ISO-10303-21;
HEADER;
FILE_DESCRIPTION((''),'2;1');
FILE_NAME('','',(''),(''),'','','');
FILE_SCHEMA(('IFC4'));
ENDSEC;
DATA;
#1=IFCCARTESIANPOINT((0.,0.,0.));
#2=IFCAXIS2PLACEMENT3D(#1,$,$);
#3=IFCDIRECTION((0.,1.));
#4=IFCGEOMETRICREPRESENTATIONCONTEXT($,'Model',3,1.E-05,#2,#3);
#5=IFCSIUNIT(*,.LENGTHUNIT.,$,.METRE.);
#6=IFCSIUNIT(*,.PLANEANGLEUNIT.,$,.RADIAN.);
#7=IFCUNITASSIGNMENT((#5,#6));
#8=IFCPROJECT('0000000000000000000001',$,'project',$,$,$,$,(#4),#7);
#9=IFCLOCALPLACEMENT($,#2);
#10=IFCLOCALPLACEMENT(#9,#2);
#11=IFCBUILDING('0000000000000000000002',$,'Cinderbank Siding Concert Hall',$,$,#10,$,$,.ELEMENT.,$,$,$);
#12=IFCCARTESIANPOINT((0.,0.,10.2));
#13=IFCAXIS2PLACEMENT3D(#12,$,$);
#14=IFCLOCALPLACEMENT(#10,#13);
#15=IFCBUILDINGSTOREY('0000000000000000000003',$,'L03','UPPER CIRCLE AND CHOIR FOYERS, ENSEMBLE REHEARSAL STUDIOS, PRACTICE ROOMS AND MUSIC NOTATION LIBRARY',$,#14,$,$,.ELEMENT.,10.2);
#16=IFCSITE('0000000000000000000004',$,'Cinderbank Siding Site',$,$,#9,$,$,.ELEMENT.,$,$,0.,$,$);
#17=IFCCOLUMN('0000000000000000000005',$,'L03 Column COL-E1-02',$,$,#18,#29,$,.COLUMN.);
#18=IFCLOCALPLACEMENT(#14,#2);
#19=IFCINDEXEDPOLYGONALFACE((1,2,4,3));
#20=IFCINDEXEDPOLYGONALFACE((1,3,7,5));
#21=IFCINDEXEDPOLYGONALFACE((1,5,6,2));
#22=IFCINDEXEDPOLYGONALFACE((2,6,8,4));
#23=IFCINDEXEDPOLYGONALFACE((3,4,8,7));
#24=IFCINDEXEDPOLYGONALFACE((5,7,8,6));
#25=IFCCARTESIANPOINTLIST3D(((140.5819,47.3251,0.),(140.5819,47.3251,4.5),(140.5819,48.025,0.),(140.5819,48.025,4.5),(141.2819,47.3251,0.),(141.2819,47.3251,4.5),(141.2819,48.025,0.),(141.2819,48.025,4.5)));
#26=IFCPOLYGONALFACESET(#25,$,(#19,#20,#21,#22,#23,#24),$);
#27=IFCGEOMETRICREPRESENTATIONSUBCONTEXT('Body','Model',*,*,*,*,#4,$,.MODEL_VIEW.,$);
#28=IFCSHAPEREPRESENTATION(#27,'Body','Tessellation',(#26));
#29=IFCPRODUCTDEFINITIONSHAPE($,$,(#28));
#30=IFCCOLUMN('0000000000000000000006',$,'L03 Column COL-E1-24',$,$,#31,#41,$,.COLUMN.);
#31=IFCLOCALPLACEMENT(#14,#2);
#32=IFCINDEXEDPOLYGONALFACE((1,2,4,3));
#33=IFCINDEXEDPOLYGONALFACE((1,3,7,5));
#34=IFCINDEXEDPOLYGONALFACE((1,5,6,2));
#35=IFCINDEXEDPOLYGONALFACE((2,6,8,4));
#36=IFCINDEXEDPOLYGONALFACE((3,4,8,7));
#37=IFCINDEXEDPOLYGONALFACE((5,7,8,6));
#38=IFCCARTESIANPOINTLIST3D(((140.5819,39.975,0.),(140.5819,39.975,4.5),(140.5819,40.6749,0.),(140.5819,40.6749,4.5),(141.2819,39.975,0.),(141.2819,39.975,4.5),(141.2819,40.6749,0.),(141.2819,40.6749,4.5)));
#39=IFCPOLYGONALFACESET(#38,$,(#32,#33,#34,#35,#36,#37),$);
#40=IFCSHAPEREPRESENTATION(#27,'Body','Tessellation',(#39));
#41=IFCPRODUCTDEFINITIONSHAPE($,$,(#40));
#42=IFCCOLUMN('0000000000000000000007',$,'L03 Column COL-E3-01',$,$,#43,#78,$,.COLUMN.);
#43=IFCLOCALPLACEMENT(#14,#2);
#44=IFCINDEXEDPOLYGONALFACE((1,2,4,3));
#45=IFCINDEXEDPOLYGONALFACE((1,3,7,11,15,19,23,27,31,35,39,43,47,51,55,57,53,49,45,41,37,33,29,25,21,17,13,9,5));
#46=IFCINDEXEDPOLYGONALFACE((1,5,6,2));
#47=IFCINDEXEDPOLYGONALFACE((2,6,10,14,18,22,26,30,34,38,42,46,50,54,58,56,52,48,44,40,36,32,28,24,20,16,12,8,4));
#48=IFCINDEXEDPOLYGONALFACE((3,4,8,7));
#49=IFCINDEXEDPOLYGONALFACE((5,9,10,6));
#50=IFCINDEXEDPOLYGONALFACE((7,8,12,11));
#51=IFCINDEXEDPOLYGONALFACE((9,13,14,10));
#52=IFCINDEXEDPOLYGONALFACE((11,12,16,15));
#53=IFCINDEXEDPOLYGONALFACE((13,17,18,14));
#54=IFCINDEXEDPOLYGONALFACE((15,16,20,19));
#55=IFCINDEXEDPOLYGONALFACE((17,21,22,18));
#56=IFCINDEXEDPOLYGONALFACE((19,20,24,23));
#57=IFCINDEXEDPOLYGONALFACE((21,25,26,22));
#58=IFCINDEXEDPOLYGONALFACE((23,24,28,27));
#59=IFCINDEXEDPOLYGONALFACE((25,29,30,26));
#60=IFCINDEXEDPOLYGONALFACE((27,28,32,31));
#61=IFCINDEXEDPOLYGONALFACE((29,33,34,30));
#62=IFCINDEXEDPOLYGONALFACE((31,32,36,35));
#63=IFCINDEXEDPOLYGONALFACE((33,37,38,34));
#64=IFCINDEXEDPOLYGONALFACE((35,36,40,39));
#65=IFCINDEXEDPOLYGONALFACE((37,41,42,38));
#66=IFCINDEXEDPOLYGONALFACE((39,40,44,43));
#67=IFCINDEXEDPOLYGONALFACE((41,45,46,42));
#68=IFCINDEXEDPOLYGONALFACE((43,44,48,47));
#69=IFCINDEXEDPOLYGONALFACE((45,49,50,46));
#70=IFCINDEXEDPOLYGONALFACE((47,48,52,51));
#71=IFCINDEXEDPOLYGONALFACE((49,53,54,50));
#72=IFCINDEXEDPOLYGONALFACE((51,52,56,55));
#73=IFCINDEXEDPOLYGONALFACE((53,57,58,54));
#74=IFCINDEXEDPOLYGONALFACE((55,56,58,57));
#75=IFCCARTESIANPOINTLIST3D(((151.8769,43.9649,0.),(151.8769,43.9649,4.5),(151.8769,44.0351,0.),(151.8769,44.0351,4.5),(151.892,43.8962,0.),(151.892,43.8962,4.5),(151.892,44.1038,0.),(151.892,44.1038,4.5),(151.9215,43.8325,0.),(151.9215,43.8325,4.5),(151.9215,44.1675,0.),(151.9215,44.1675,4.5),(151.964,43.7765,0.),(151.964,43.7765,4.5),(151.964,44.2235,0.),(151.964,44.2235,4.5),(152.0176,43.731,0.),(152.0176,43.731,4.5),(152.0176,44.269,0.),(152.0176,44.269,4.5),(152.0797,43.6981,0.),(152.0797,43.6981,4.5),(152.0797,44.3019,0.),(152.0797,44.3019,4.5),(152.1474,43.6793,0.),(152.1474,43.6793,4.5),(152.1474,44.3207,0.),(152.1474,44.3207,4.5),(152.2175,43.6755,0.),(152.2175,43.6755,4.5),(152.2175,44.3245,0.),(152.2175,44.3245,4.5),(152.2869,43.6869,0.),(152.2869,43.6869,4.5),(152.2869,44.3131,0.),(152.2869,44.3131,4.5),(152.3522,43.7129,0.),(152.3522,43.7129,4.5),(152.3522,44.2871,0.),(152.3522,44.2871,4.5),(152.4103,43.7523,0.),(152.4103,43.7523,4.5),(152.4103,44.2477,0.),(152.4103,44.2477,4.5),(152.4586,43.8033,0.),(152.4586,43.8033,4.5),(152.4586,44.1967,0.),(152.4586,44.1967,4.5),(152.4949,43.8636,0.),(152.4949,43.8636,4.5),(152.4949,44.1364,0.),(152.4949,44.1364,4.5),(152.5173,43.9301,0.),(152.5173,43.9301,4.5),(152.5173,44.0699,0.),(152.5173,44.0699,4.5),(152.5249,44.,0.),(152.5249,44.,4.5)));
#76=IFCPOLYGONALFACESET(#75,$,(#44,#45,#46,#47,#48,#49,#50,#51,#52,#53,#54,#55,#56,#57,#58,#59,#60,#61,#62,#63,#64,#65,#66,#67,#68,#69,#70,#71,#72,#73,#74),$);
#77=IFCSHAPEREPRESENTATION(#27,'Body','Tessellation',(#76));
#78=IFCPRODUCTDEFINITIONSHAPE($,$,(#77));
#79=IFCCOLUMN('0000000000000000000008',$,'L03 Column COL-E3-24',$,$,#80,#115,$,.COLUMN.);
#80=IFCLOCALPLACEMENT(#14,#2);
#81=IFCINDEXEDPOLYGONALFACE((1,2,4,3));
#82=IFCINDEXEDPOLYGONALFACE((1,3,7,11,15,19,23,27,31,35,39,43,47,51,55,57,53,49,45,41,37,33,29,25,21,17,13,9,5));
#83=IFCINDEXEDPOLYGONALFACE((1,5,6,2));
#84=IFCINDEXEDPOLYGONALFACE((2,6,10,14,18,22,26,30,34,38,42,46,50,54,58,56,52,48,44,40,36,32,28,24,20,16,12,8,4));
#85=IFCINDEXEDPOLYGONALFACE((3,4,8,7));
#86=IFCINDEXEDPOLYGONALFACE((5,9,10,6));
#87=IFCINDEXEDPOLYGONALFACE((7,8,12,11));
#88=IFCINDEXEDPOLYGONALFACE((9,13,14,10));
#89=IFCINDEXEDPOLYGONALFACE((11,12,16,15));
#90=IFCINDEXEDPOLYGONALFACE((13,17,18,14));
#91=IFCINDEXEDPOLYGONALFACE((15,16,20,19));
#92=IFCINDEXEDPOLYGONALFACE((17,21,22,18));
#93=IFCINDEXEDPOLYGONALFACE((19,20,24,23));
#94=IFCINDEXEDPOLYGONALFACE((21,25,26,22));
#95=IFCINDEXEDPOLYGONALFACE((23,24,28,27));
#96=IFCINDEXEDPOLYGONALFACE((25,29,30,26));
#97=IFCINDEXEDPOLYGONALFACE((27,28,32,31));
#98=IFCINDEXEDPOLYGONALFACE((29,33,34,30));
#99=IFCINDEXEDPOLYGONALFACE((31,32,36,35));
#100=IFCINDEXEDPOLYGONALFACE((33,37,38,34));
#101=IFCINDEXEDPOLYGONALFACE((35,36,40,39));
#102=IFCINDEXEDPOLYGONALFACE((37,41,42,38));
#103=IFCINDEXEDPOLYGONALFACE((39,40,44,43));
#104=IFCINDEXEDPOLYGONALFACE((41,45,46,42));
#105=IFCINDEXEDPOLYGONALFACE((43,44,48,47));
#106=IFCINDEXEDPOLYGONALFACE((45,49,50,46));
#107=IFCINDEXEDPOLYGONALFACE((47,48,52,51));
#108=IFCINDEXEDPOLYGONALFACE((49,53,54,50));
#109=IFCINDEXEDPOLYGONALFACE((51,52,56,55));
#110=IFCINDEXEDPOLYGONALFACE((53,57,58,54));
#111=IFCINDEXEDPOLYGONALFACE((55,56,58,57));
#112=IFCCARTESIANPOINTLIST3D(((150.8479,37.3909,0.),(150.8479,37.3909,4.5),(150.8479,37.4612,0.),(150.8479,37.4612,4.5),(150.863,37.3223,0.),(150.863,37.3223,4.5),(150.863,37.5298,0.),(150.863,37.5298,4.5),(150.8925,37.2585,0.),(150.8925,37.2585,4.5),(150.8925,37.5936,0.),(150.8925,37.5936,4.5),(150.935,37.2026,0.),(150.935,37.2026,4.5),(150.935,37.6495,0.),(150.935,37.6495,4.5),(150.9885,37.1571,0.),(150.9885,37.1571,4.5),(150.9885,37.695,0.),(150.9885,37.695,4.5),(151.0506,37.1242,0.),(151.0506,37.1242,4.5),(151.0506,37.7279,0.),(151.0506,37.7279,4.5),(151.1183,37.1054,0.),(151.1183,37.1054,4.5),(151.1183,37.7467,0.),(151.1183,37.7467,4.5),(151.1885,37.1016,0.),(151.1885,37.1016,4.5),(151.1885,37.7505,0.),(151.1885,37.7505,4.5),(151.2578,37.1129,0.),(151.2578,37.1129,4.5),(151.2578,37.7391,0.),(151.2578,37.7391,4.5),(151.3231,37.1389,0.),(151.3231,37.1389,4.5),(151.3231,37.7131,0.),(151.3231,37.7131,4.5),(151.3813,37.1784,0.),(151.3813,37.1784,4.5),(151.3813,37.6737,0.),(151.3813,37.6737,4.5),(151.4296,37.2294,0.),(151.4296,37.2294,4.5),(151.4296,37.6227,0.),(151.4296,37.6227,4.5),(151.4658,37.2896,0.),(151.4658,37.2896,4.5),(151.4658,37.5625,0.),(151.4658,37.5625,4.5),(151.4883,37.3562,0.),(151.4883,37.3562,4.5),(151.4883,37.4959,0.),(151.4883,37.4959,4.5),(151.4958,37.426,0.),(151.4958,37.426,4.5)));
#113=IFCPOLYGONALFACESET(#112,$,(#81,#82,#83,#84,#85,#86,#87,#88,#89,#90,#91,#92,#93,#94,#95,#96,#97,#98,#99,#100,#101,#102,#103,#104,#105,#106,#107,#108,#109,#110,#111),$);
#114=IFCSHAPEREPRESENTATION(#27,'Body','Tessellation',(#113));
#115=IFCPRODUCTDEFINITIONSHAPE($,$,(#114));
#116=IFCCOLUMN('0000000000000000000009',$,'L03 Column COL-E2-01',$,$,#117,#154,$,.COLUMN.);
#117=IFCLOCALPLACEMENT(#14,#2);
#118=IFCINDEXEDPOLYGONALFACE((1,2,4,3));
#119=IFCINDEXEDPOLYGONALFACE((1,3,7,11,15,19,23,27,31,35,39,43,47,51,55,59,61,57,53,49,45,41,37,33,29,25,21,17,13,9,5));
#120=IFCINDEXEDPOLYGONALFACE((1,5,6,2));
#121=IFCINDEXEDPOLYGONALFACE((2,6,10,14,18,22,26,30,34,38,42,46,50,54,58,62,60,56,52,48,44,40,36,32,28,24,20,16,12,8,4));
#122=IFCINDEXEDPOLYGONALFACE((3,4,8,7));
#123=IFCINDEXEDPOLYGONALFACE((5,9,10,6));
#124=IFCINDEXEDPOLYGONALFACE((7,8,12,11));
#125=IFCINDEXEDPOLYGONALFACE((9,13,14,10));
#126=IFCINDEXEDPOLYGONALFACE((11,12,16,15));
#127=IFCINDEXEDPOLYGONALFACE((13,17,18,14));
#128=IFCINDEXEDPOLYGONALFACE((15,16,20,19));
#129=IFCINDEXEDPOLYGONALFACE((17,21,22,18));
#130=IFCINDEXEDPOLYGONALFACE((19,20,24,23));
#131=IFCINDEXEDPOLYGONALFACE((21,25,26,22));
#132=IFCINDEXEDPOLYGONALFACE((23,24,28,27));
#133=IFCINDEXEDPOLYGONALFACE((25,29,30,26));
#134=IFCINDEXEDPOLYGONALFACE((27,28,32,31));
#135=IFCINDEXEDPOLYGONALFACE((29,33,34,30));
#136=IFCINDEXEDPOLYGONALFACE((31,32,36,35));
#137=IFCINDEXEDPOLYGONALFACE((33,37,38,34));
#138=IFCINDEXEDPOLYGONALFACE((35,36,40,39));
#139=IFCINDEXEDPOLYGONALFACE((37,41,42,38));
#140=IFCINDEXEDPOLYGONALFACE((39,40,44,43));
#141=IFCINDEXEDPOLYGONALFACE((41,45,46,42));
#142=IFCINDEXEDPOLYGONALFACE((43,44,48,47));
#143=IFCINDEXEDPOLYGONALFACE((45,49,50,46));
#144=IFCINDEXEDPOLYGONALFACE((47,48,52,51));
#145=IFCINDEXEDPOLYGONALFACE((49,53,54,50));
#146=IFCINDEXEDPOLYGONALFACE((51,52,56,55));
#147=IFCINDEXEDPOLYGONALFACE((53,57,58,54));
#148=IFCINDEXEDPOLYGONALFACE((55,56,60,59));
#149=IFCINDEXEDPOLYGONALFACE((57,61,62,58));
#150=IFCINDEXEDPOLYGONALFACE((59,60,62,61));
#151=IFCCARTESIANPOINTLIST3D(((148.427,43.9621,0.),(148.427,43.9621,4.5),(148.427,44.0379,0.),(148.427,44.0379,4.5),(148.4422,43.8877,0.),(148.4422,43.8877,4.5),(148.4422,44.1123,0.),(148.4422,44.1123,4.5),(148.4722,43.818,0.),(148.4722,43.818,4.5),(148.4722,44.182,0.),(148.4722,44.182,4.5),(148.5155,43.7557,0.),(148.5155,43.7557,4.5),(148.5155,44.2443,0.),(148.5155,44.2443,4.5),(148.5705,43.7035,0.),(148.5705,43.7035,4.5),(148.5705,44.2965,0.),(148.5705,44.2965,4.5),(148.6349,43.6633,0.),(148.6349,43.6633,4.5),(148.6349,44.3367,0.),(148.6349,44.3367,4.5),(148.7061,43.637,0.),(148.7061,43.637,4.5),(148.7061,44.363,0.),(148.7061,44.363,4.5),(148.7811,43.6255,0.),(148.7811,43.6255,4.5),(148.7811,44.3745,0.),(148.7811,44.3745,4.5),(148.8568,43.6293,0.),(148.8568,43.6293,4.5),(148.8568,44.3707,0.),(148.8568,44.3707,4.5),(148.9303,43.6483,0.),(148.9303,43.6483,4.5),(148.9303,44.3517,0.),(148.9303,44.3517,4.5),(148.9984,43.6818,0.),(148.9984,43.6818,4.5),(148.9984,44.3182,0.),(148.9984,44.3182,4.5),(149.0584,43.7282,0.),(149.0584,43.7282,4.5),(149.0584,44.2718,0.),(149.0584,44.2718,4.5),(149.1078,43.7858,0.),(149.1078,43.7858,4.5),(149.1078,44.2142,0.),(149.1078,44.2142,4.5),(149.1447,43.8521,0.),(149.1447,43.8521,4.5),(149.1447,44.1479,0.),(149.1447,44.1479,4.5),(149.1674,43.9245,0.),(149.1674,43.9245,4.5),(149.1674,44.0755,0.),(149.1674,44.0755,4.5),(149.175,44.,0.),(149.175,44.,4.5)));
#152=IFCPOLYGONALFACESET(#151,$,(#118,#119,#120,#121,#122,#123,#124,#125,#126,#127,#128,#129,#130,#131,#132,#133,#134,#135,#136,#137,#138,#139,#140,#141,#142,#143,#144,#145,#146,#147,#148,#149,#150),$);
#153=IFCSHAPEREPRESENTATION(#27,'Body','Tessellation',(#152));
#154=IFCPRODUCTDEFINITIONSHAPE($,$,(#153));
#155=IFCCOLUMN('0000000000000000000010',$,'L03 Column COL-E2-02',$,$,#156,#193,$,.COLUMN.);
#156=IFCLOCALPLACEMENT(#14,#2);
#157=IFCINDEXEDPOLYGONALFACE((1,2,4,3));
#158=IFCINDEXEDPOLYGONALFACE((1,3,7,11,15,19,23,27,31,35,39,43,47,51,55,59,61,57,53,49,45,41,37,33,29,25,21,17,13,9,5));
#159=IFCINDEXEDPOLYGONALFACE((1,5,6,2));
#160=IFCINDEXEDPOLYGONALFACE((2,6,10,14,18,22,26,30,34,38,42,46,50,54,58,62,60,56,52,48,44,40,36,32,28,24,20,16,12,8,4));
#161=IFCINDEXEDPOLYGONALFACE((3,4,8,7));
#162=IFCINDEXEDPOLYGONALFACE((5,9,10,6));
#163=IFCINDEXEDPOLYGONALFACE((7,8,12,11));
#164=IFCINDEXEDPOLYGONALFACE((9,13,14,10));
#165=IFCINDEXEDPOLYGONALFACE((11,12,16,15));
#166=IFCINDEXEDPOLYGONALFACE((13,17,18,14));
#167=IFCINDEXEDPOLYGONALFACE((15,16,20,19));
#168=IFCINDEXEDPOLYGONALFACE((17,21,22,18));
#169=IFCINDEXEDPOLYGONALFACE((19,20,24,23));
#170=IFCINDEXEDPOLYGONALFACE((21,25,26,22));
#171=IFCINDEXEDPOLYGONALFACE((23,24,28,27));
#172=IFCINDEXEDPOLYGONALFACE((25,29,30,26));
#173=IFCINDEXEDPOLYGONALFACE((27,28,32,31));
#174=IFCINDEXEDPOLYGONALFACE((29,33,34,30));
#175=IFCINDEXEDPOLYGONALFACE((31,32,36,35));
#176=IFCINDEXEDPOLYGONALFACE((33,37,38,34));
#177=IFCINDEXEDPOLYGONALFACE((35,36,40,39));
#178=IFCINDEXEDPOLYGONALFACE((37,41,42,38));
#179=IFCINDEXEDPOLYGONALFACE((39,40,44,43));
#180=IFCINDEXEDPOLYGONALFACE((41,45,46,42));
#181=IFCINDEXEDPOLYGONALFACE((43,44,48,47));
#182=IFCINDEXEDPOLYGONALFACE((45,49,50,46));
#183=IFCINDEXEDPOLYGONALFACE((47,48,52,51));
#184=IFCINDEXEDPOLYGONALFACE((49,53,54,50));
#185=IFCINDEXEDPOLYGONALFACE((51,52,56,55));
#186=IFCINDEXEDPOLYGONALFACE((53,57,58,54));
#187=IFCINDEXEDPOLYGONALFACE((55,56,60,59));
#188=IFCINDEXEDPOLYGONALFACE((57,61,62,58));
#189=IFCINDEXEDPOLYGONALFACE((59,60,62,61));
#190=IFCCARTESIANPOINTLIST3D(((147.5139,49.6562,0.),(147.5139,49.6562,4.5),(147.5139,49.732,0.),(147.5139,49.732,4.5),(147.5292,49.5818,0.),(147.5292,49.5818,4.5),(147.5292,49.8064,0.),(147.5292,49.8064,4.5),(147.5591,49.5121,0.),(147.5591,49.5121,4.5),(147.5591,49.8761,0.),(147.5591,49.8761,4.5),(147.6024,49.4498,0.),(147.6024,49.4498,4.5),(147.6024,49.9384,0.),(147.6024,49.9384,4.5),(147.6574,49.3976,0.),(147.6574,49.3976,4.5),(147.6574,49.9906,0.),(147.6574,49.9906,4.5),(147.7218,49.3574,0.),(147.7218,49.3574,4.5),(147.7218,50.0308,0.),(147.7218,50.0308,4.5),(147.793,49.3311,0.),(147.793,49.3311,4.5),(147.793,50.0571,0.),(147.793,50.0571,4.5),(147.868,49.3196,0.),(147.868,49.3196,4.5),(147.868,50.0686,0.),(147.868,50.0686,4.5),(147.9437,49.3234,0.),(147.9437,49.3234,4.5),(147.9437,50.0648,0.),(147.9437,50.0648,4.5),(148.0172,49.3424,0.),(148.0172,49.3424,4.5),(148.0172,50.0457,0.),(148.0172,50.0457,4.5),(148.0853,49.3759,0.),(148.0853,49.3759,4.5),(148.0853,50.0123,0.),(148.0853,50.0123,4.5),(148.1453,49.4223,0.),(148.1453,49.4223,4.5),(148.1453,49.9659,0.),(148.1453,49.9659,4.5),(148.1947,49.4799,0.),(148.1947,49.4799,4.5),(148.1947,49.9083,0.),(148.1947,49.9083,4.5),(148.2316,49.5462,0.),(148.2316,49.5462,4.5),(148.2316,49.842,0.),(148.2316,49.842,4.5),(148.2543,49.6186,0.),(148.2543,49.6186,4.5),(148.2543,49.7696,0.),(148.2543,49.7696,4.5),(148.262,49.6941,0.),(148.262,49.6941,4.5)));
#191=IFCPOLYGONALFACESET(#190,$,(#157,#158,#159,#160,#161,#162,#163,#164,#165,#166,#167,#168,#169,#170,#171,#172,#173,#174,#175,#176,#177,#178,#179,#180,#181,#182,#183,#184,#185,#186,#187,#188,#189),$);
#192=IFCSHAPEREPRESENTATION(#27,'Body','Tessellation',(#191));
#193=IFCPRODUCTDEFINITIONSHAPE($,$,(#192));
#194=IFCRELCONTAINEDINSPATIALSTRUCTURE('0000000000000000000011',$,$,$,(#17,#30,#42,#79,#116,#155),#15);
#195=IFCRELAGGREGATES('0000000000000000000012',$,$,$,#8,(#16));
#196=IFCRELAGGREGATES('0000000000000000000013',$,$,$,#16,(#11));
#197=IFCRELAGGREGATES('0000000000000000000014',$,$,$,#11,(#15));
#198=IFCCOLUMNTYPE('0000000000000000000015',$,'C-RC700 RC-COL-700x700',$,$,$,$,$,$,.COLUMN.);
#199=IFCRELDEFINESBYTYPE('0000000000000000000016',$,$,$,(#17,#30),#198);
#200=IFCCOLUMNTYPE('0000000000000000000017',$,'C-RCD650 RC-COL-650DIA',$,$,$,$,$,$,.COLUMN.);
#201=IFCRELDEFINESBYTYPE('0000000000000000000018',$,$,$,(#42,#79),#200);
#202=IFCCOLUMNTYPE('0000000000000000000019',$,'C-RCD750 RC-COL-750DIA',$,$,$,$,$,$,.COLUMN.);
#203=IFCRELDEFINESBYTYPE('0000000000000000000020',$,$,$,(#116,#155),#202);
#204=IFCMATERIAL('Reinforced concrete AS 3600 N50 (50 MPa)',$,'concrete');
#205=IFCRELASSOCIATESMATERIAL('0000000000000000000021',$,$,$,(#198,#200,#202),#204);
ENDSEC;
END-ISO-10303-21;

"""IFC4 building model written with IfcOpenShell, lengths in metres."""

from ifc_helpers import new_model, si_unit, direction, frame, origin, origin_2d, place, context, subcontext, project, spatial, rectangle, circle, extrude, material, material_profile, profile_set, type_object, element, save


model = new_model("IFC4")

# Units and contexts
model_context = context("Model", 3, precision=1e-05, world=origin(), true_north=direction((0.0, 1.0)))
body_context = subcontext(model_context, "Body", "Model", "MODEL_VIEW")
ifc_project = project(units=[si_unit("LENGTHUNIT", "METRE"), si_unit("PLANEANGLEUNIT", "RADIAN")], contexts=[model_context])

# Site, building, storey
site_placement = place(None, origin())
site = spatial("IfcSite", under=ifc_project, at=site_placement, Name="Cinderbank Siding Site", CompositionType="ELEMENT", RefElevation=0.0)
building_placement = place(site_placement, origin())
building = spatial("IfcBuilding", under=site, at=building_placement, Name="Cinderbank Siding Concert Hall", CompositionType="ELEMENT")
storey_placement = place(building_placement, frame((0.0, 0.0, 10.2)))
storey = spatial("IfcBuildingStorey", under=building, at=storey_placement, Name="L03", Description="UPPER CIRCLE AND CHOIR FOYERS, ENSEMBLE REHEARSAL STUDIOS, PRACTICE ROOMS AND MUSIC NOTATION LIBRARY", CompositionType="ELEMENT", Elevation=10.2)

# Columns
ifc_material_1 = material(Name="Reinforced concrete AS 3600 N50 (50 MPa)", Category="concrete")
ifc_material_profile_1 = material_profile(ifc_material_1, rectangle(XDim=0.7, YDim=0.7, at=origin_2d()), Name="RC-COL-700x700", Category="LoadBearing")
ifc_profile_set_1 = profile_set([ifc_material_profile_1], Name="Reinforced concrete AS 3600 N50 (50 MPa)")
column_type_1 = type_object("IfcColumnType", Name="C-RC700 RC-COL-700x700", PredefinedType="COLUMN", material=ifc_profile_set_1)
for number, where, z_axis, x_axis, name in (
    (1, (140.9319, 47.675, 0.0), (0.0, 0.0, 1.0), (1.0, 0.0, 0.0), "L03 Column COL-E1-02"),
    (2, (140.9319, 40.325, 0.0), (0.0, 0.0, 1.0), (1.0, 0.0, 0.0), "L03 Column COL-E1-24"),
):
    element("IfcColumn", number, at=place(storey_placement, frame(where, z_axis=z_axis, x_axis=x_axis)), inside=storey, type_object=column_type_1, Name=name, PredefinedType="COLUMN", context=body_context, shape_type="SweptSolid", body=[
        extrude(rectangle(XDim=0.7, YDim=0.7, at=origin_2d()), origin(), (0.0, 0.0, 1.0), 4.5),
    ])
ifc_material_profile_2 = material_profile(ifc_material_1, circle(Radius=0.325, at=origin_2d()), Name="RC-COL-650DIA", Category="LoadBearing")
ifc_profile_set_2 = profile_set([ifc_material_profile_2], Name="Reinforced concrete AS 3600 N50 (50 MPa)")
column_type_2 = type_object("IfcColumnType", Name="C-RCD650 RC-COL-650DIA", PredefinedType="COLUMN", material=ifc_profile_set_2)
for number, where, z_axis, x_axis, name in (
    (3, (152.2, 44.0, 0.0), (0.0, 0.0, 1.0), (1.0, 0.0, 0.0), "L03 Column COL-E3-01"),
    (4, (151.1709, 37.426, 0.0), (0.0, 0.0, 1.0), (1.0, 0.0, 0.0), "L03 Column COL-E3-24"),
):
    element("IfcColumn", number, at=place(storey_placement, frame(where, z_axis=z_axis, x_axis=x_axis)), inside=storey, type_object=column_type_2, Name=name, PredefinedType="COLUMN", context=body_context, shape_type="SweptSolid", body=[
        extrude(circle(Radius=0.325, at=origin_2d()), origin(), (0.0, 0.0, 1.0), 4.5),
    ])
ifc_material_profile_3 = material_profile(ifc_material_1, circle(Radius=0.375, at=origin_2d()), Name="RC-COL-750DIA", Category="LoadBearing")
ifc_profile_set_3 = profile_set([ifc_material_profile_3], Name="Reinforced concrete AS 3600 N50 (50 MPa)")
column_type_3 = type_object("IfcColumnType", Name="C-RCD750 RC-COL-750DIA", PredefinedType="COLUMN", material=ifc_profile_set_3)
for number, where, z_axis, x_axis, name in (
    (5, (148.8, 44.0, 0.0), (0.0, 0.0, 1.0), (1.0, 0.0, 0.0), "L03 Column COL-E2-01"),
    (6, (147.887, 49.6941, 0.0), (0.0, 0.0, 1.0), (1.0, 0.0, 0.0), "L03 Column COL-E2-02"),
):
    element("IfcColumn", number, at=place(storey_placement, frame(where, z_axis=z_axis, x_axis=x_axis)), inside=storey, type_object=column_type_3, Name=name, PredefinedType="COLUMN", context=body_context, shape_type="SweptSolid", body=[
        extrude(circle(Radius=0.375, at=origin_2d()), origin(), (0.0, 0.0, 1.0), 4.5),
    ])

save(model, "model.ifc")
